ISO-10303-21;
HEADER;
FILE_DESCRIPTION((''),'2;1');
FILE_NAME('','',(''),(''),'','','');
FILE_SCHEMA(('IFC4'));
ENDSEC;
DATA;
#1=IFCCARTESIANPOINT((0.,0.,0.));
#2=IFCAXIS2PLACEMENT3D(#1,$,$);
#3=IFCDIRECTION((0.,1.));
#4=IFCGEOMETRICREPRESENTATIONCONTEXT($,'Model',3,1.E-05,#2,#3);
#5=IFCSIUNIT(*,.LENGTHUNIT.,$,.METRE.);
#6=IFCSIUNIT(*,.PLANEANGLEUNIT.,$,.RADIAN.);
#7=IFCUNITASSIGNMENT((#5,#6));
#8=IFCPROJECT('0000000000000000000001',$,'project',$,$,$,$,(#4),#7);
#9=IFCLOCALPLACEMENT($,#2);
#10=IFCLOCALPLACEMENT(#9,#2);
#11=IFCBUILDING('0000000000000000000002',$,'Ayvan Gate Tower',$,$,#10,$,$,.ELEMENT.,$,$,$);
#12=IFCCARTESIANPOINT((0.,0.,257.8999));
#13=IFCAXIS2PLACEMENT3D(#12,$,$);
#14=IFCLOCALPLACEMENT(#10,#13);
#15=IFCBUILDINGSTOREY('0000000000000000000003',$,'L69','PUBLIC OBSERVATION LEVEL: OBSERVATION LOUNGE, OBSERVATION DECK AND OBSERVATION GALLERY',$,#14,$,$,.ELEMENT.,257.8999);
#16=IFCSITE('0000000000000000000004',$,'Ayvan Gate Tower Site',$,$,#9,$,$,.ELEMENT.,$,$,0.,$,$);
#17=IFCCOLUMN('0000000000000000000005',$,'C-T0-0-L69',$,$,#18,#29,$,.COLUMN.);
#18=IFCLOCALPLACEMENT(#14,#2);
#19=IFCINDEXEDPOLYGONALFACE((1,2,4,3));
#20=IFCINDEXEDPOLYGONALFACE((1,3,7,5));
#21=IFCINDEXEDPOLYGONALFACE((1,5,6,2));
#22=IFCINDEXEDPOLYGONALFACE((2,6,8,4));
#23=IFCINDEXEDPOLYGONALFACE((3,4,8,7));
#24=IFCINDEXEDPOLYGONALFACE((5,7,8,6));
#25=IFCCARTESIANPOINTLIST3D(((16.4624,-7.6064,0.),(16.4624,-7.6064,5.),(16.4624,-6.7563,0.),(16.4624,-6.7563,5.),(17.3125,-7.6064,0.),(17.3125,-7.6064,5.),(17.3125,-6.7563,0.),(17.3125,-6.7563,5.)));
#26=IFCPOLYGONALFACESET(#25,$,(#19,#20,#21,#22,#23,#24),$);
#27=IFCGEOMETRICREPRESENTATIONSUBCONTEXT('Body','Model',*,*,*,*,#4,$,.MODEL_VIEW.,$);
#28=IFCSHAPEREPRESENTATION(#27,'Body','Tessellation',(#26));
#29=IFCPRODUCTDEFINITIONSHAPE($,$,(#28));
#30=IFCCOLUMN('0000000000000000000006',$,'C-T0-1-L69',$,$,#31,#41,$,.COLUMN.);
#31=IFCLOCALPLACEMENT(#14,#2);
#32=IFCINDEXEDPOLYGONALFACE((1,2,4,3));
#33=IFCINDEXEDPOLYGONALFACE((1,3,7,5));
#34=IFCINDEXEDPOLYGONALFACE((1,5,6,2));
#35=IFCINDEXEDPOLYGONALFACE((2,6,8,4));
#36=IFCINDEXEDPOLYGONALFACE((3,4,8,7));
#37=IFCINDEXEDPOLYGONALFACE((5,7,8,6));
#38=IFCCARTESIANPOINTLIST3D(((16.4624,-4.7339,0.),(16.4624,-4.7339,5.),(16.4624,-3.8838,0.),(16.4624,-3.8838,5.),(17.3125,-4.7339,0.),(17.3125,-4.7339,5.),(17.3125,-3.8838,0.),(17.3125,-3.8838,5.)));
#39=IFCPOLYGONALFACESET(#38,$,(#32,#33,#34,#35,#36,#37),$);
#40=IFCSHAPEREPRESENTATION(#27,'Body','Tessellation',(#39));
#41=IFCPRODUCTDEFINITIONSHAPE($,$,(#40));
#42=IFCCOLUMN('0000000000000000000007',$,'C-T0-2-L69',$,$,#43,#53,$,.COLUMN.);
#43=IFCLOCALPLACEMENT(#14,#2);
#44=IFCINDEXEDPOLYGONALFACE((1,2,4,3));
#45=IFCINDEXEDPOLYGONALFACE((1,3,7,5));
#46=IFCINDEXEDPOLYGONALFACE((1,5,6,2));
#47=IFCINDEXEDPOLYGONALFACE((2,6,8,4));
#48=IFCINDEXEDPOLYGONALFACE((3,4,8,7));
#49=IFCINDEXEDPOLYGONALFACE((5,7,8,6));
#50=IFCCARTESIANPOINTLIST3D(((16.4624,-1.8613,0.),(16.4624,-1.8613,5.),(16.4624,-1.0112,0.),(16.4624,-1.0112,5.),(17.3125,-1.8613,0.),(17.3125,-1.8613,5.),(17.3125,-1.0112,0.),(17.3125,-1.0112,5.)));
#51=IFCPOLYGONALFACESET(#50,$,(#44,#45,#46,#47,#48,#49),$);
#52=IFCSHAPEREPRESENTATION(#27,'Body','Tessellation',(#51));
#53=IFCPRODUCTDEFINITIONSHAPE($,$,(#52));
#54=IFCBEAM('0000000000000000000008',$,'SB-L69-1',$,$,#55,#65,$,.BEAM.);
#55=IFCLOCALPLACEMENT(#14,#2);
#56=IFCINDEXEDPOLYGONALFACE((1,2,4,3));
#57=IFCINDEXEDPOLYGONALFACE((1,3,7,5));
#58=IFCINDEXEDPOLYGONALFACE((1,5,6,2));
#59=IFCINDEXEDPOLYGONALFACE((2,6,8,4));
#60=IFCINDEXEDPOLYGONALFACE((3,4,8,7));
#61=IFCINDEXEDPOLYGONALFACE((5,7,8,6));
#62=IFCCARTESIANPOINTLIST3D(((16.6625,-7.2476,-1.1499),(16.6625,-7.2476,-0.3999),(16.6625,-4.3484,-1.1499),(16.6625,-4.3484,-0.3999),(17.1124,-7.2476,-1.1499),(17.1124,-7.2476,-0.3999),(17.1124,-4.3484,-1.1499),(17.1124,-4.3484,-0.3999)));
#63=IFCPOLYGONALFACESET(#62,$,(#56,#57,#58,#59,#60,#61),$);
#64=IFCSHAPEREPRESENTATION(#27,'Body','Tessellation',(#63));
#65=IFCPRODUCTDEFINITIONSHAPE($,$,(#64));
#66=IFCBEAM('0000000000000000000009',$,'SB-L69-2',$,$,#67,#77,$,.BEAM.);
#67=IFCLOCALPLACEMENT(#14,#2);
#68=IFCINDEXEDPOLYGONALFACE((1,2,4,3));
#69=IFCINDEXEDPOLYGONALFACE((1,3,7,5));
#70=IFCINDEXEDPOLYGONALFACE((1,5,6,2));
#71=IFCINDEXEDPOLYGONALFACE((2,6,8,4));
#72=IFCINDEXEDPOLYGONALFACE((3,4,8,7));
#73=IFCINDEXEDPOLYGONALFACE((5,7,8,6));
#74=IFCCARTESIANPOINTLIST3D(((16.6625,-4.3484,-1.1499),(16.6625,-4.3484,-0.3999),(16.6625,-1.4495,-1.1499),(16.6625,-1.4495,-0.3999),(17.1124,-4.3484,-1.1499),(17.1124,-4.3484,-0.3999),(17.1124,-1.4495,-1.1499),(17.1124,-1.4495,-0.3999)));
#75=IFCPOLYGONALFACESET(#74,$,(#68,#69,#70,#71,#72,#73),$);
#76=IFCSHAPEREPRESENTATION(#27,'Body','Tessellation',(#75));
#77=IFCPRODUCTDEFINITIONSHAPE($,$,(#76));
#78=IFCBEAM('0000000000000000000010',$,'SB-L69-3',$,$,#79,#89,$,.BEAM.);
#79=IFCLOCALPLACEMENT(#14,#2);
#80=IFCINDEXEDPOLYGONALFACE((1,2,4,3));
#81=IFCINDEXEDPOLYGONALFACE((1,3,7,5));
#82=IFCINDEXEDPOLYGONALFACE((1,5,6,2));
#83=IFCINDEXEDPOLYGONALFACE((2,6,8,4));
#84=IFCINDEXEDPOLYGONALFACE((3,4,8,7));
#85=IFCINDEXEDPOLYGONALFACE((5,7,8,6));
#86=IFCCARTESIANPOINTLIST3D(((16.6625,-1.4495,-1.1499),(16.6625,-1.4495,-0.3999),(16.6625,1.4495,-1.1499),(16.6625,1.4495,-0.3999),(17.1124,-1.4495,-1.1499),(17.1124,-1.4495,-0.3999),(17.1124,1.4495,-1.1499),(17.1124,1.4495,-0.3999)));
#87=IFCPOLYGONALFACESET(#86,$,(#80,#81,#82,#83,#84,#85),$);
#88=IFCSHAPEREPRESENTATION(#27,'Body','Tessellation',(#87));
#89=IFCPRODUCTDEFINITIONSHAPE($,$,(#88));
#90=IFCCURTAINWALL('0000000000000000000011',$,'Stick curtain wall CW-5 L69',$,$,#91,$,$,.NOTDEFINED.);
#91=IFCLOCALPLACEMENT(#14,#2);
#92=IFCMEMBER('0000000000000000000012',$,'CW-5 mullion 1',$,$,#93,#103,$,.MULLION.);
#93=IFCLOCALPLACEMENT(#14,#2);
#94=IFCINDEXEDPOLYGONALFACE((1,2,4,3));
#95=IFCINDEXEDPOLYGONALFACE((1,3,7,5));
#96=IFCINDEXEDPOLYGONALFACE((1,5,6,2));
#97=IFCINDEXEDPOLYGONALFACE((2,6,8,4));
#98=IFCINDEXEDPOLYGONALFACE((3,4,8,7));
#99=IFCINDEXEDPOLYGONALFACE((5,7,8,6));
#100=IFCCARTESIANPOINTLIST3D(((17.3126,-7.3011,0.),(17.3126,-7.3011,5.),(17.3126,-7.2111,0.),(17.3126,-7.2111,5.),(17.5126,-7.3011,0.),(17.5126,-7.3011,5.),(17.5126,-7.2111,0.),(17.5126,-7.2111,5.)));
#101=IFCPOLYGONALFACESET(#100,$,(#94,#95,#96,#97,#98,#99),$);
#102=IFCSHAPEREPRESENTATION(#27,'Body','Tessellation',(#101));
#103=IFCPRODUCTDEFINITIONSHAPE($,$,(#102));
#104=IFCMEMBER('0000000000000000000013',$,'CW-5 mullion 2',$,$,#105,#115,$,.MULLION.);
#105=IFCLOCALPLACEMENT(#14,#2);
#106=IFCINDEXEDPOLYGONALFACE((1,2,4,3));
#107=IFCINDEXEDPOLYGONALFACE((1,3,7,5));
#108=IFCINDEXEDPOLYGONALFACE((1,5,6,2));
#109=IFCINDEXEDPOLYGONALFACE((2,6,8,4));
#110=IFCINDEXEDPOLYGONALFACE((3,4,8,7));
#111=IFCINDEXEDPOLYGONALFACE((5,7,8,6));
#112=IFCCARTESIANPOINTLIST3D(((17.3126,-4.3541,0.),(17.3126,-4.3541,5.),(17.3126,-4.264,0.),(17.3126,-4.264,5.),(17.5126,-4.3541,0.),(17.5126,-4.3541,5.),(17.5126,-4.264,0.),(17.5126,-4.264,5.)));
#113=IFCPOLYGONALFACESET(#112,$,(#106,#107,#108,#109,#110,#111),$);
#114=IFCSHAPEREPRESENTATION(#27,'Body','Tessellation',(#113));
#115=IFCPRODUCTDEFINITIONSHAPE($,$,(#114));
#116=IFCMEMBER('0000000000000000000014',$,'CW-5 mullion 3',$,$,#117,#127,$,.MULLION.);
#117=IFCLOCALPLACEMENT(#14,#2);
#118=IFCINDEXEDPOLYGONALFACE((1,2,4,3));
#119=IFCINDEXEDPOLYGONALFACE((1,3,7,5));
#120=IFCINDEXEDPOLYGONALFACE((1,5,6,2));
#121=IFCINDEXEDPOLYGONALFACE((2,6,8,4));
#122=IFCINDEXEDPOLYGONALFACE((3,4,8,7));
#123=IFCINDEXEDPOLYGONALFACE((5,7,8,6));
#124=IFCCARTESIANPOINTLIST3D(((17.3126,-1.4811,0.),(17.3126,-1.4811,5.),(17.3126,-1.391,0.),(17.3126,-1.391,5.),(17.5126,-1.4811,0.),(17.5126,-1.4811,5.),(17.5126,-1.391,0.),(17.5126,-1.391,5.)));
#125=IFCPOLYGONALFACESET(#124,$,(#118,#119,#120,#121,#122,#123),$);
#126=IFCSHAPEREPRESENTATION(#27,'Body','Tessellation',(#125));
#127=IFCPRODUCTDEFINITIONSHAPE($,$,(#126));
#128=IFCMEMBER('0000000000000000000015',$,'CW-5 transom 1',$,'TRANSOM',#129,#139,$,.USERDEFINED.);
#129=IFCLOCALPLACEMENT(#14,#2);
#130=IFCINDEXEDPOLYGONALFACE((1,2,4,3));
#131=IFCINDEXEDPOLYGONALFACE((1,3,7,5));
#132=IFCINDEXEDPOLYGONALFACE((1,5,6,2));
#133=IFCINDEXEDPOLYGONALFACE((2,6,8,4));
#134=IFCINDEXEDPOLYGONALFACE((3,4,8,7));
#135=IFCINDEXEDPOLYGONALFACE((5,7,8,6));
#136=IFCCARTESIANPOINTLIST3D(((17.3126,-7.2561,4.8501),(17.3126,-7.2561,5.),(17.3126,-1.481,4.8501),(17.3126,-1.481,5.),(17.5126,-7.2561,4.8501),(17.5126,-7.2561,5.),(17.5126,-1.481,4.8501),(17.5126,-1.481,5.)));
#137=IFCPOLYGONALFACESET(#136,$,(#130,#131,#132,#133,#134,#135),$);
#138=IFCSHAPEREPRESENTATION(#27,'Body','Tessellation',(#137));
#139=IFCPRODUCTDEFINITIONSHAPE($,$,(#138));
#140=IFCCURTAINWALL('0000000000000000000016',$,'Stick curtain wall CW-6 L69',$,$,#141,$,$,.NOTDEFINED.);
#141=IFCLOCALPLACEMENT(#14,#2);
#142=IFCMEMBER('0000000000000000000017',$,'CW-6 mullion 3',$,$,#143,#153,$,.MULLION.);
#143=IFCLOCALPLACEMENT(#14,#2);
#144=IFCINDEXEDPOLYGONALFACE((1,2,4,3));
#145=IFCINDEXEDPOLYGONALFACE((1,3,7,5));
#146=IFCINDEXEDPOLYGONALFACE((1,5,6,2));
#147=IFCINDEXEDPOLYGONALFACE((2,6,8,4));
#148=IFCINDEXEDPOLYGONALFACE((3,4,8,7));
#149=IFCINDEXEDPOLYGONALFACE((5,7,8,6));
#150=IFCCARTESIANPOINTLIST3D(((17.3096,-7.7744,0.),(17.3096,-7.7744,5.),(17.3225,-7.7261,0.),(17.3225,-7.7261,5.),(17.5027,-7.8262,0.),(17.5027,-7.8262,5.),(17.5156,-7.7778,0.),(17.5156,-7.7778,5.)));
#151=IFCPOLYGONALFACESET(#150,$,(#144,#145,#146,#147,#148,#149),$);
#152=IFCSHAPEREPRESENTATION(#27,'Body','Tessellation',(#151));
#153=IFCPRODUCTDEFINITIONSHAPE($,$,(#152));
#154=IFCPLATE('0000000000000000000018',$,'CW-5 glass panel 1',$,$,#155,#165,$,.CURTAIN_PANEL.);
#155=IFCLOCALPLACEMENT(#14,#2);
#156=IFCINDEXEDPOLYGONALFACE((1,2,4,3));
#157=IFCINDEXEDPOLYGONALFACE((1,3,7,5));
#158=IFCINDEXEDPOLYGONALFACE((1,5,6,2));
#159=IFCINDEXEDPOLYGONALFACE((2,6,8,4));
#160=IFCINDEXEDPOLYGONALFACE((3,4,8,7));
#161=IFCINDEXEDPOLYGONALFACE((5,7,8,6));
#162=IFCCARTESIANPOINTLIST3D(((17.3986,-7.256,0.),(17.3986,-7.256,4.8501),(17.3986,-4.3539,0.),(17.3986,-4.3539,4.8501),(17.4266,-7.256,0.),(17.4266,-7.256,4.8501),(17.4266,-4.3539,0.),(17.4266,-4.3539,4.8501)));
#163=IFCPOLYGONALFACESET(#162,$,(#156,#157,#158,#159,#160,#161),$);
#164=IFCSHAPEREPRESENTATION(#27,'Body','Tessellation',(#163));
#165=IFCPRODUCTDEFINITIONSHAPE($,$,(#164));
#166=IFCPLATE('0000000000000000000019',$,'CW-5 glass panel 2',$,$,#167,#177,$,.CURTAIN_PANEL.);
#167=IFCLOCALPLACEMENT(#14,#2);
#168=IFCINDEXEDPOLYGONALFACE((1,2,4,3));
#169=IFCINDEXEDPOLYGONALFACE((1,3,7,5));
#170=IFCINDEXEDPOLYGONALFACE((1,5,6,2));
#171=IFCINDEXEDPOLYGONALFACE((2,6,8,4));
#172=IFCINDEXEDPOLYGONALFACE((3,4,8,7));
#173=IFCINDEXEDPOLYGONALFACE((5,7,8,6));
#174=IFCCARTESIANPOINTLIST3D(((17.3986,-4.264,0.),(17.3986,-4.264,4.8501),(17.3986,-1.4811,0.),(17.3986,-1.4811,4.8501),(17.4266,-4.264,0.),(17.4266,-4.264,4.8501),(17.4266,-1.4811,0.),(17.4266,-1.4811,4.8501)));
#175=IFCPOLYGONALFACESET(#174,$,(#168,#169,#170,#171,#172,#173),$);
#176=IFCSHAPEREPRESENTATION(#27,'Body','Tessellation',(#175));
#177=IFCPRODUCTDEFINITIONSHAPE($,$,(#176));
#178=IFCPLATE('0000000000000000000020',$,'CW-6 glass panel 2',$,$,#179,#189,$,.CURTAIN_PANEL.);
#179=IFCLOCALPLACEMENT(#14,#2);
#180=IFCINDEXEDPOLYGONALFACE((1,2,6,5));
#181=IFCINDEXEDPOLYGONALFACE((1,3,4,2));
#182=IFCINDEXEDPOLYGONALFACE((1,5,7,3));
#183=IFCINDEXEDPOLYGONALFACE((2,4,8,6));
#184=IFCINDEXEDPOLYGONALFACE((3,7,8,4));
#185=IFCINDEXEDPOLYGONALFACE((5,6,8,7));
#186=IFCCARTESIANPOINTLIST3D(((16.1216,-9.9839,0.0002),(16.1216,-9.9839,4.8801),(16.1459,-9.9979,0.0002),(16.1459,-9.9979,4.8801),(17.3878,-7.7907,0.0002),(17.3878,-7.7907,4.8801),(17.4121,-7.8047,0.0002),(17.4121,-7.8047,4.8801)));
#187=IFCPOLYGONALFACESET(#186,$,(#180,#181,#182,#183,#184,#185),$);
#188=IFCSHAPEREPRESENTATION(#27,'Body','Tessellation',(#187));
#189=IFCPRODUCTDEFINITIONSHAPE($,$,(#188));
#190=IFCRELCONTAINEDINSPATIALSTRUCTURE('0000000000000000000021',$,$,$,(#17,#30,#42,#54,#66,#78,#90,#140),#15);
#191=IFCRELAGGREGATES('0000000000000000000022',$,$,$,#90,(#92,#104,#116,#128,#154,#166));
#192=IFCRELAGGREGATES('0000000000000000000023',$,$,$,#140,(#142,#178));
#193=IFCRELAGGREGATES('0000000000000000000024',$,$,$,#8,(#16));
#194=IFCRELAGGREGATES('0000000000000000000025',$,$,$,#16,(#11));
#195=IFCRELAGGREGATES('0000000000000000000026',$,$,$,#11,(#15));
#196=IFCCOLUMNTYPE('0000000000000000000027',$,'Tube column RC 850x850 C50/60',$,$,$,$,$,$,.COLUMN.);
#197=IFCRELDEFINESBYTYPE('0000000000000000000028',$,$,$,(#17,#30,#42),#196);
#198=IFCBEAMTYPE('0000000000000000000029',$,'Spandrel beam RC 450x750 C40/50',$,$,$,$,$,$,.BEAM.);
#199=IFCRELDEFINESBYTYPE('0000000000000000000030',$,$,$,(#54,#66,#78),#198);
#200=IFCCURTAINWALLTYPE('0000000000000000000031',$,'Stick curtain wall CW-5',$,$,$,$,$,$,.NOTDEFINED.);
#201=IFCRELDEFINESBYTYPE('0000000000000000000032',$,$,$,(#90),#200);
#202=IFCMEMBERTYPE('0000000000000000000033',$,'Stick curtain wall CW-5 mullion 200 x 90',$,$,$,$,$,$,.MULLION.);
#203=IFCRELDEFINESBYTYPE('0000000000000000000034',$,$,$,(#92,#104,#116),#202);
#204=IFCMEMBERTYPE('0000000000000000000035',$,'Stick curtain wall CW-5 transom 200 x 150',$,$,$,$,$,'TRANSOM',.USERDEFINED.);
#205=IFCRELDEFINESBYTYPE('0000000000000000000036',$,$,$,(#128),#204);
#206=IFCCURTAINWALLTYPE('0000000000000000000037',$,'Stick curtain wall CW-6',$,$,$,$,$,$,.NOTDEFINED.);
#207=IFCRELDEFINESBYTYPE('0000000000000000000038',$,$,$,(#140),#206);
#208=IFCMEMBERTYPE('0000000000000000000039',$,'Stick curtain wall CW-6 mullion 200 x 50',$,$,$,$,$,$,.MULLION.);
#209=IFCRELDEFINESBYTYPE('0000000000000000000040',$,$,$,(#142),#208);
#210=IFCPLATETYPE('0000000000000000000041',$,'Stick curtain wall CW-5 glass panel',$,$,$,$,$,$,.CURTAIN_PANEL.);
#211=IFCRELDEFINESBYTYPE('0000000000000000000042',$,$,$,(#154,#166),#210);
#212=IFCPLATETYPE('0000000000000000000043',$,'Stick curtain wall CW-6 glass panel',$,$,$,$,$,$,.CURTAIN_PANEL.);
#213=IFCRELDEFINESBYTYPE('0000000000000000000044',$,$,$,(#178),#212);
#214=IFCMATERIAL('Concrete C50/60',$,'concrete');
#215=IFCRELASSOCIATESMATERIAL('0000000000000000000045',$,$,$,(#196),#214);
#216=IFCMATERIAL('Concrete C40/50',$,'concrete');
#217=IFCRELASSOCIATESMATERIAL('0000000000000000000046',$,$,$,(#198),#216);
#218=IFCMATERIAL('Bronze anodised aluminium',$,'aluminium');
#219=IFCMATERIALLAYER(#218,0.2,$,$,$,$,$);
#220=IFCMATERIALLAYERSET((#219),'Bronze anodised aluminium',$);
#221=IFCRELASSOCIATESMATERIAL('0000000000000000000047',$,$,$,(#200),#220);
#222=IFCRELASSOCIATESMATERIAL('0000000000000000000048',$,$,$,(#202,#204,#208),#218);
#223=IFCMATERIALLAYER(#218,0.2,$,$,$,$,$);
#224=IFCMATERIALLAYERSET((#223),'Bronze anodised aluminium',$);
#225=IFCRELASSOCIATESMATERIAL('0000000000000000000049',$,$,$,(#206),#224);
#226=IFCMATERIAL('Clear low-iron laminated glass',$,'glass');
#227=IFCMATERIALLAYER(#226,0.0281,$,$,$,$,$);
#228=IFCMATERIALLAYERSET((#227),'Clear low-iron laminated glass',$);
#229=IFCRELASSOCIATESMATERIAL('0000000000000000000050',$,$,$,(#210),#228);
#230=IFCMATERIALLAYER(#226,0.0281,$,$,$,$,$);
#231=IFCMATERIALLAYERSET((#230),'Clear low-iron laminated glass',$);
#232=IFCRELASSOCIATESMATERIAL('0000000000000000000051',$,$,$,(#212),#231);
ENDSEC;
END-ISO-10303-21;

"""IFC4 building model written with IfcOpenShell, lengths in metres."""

from ifc_helpers import new_model, si_unit, direction, frame, origin, origin_2d, place, context, subcontext, project, spatial, rectangle, extrude, material, layer, layer_set, material_profile, profile_set, type_object, element, aggregate, save


model = new_model("IFC4")

# Units and contexts
model_context = context("Model", 3, precision=1e-05, world=origin(), true_north=direction((0.0, 1.0)))
body_context = subcontext(model_context, "Body", "Model", "MODEL_VIEW")
ifc_project = project(units=[si_unit("LENGTHUNIT", "METRE"), si_unit("PLANEANGLEUNIT", "RADIAN")], contexts=[model_context])

# Site, building, storey
site_placement = place(None, origin())
site = spatial("IfcSite", under=ifc_project, at=site_placement, Name="Ayvan Gate Tower Site", CompositionType="ELEMENT", RefElevation=0.0)
building_placement = place(site_placement, origin())
building = spatial("IfcBuilding", under=site, at=building_placement, Name="Ayvan Gate Tower", CompositionType="ELEMENT")
storey_placement = place(building_placement, frame((0.0, 0.0, 257.8999)))
storey = spatial("IfcBuildingStorey", under=building, at=storey_placement, Name="L69", Description="PUBLIC OBSERVATION LEVEL: OBSERVATION LOUNGE, OBSERVATION DECK AND OBSERVATION GALLERY", CompositionType="ELEMENT", Elevation=257.8999)

# Columns
ifc_material_1 = material(Name="Concrete C50/60", Category="concrete")
ifc_material_profile_1 = material_profile(ifc_material_1, rectangle(XDim=0.8501, YDim=0.8501, at=origin_2d()), Name="RC 850x850")
ifc_profile_set_1 = profile_set([ifc_material_profile_1], Name="Concrete C50/60")
column_type = type_object("IfcColumnType", Name="Tube column RC 850x850 C50/60", PredefinedType="COLUMN", material=ifc_profile_set_1)
for number, where, z_axis, x_axis, name in (
    (1, (16.8875, -7.1814, 0.0), (0.0, 0.0, 1.0), (1.0, 0.0, 0.0), "C-T0-0-L69"),
    (2, (16.8875, -4.3088, 0.0), (0.0, 0.0, 1.0), (1.0, 0.0, 0.0), "C-T0-1-L69"),
    (3, (16.8875, -1.4363, 0.0), (0.0, 0.0, 1.0), (1.0, 0.0, 0.0), "C-T0-2-L69"),
):
    element("IfcColumn", number, at=place(storey_placement, frame(where, z_axis=z_axis, x_axis=x_axis)), inside=storey, type_object=column_type, Name=name, PredefinedType="COLUMN", context=body_context, shape_type="SweptSolid", body=[
        extrude(rectangle(XDim=0.8501, YDim=0.8501, at=origin_2d()), origin(), (0.0, 0.0, 1.0), 5.0),
    ])

# Beams
ifc_material_2 = material(Name="Concrete C40/50", Category="concrete")
ifc_material_profile_2 = material_profile(ifc_material_2, rectangle(XDim=0.45, YDim=0.75, at=origin_2d()), Name="RC 450x750")
ifc_profile_set_2 = profile_set([ifc_material_profile_2], Name="Concrete C40/50")
beam_type = type_object("IfcBeamType", Name="Spandrel beam RC 450x750 C40/50", PredefinedType="BEAM", material=ifc_profile_set_2)
beam_placement = place(storey_placement, frame((16.8875, -7.2476, -0.7749), z_axis=(0.0, 1.0, 0.0), x_axis=(-1.0, 0.0, 0.0)))
element("IfcBeam", 4, at=beam_placement, inside=storey, type_object=beam_type, Name="SB-L69-1", PredefinedType="BEAM", context=body_context, shape_type="SweptSolid", body=[
    extrude(rectangle(XDim=0.45, YDim=0.75, at=origin_2d()), origin(), (0.0, 0.0, 1.0), 2.8992),
])
for number, where, z_axis, x_axis, name in (
    (5, (16.8875, -4.3484, -0.7749), (0.0, 1.0, 0.0), (-1.0, 0.0, 0.0), "SB-L69-2"),
    (6, (16.8875, -1.4495, -0.7749), (0.0, 1.0, 0.0), (-1.0, 0.0, 0.0), "SB-L69-3"),
):
    element("IfcBeam", number, at=place(storey_placement, frame(where, z_axis=z_axis, x_axis=x_axis)), inside=storey, type_object=beam_type, Name=name, PredefinedType="BEAM", context=body_context, shape_type="SweptSolid", body=[
        extrude(rectangle(XDim=0.45, YDim=0.75, at=origin_2d()), origin(), (0.0, 0.0, 1.0), 2.8989),
    ])

# Curtain wall, members
ifc_material_3 = material(Name="Bronze anodised aluminium", Category="aluminium")
ifc_layer_1 = layer(ifc_material_3, 0.2)
ifc_layer_set_1 = layer_set([ifc_layer_1], Name="Bronze anodised aluminium")
curtain_wall_type_1 = type_object("IfcCurtainWallType", Name="Stick curtain wall CW-5", PredefinedType="NOTDEFINED", material=ifc_layer_set_1)
curtain_wall_1_placement = place(storey_placement, origin())
curtain_wall_1 = element("IfcCurtainWall", 7, at=curtain_wall_1_placement, inside=storey, type_object=curtain_wall_type_1, Name="Stick curtain wall CW-5 L69", PredefinedType="NOTDEFINED")
ifc_material_profile_3 = material_profile(ifc_material_3, rectangle(XDim=0.2, YDim=0.0901, at=origin_2d()), Name="Stick curtain wall CW-5 mullion 200 x 90")
ifc_profile_set_3 = profile_set([ifc_material_profile_3], Name="Bronze anodised aluminium")
member_type_1 = type_object("IfcMemberType", Name="Stick curtain wall CW-5 mullion 200 x 90", PredefinedType="MULLION", material=ifc_profile_set_3)
member_1_placement = place(storey_placement, frame((17.4126, -7.2561, 0.0), z_axis=(0.0, 0.0, 1.0), x_axis=(1.0, 0.0, 0.0)))
member_1 = element("IfcMember", 8, at=member_1_placement, type_object=member_type_1, Name="CW-5 mullion 1", PredefinedType="MULLION", context=body_context, shape_type="SweptSolid", body=[
    extrude(rectangle(XDim=0.2, YDim=0.0901, at=origin_2d()), origin(), (0.0, 0.0, 1.0), 5.0),
])
member_2_placement = place(storey_placement, frame((17.4126, -4.3091, 0.0), z_axis=(0.0, 0.0, 1.0), x_axis=(1.0, 0.0, 0.0)))
member_2 = element("IfcMember", 9, at=member_2_placement, type_object=member_type_1, Name="CW-5 mullion 2", PredefinedType="MULLION", context=body_context, shape_type="SweptSolid", body=[
    extrude(rectangle(XDim=0.2, YDim=0.0901, at=origin_2d()), origin(), (0.0, 0.0, 1.0), 5.0),
])
member_3_placement = place(storey_placement, frame((17.4126, -1.436, 0.0), z_axis=(0.0, 0.0, 1.0), x_axis=(1.0, 0.0, 0.0)))
member_3 = element("IfcMember", 10, at=member_3_placement, type_object=member_type_1, Name="CW-5 mullion 3", PredefinedType="MULLION", context=body_context, shape_type="SweptSolid", body=[
    extrude(rectangle(XDim=0.2, YDim=0.0901, at=origin_2d()), origin(), (0.0, 0.0, 1.0), 5.0),
])
ifc_material_profile_4 = material_profile(ifc_material_3, rectangle(XDim=0.2, YDim=0.1499, at=origin_2d()), Name="Stick curtain wall CW-5 transom 200 x 150")
ifc_profile_set_4 = profile_set([ifc_material_profile_4], Name="Bronze anodised aluminium")
member_type_2 = type_object("IfcMemberType", Name="Stick curtain wall CW-5 transom 200 x 150", ElementType="TRANSOM", PredefinedType="USERDEFINED", material=ifc_profile_set_4)
member_4_placement = place(storey_placement, frame((17.4126, -7.2561, 4.925), z_axis=(0.0, 1.0, 0.0), x_axis=(-1.0, 0.0, 0.0)))
member_4 = element("IfcMember", 11, at=member_4_placement, type_object=member_type_2, Name="CW-5 transom 1", ObjectType="TRANSOM", PredefinedType="USERDEFINED", context=body_context, shape_type="SweptSolid", body=[
    extrude(rectangle(XDim=0.2, YDim=0.1499, at=origin_2d()), origin(), (0.0, 0.0, 1.0), 5.7751),
])

# Curtain wall, member
ifc_layer_2 = layer(ifc_material_3, 0.2)
ifc_layer_set_2 = layer_set([ifc_layer_2], Name="Bronze anodised aluminium")
curtain_wall_type_2 = type_object("IfcCurtainWallType", Name="Stick curtain wall CW-6", PredefinedType="NOTDEFINED", material=ifc_layer_set_2)
curtain_wall_2_placement = place(storey_placement, origin())
curtain_wall_2 = element("IfcCurtainWall", 12, at=curtain_wall_2_placement, inside=storey, type_object=curtain_wall_type_2, Name="Stick curtain wall CW-6 L69", PredefinedType="NOTDEFINED")
ifc_material_profile_5 = material_profile(ifc_material_3, rectangle(XDim=0.2, YDim=0.05, at=origin_2d()), Name="Stick curtain wall CW-6 mullion 200 x 50")
ifc_profile_set_5 = profile_set([ifc_material_profile_5], Name="Bronze anodised aluminium")
member_type_3 = type_object("IfcMemberType", Name="Stick curtain wall CW-6 mullion 200 x 50", PredefinedType="MULLION", material=ifc_profile_set_5)
member_5_placement = place(storey_placement, frame((17.4126, -7.7761, 0.0), z_axis=(0.0, 0.0, 1.0), x_axis=(0.965926, -0.258819, 0.0)))
member_5 = element("IfcMember", 13, at=member_5_placement, type_object=member_type_3, Name="CW-6 mullion 3", PredefinedType="MULLION", context=body_context, shape_type="SweptSolid", body=[
    extrude(rectangle(XDim=0.2, YDim=0.05, at=origin_2d()), origin(), (0.0, 0.0, 1.0), 5.0),
])

# Plates
ifc_material_4 = material(Name="Clear low-iron laminated glass", Category="glass")
ifc_layer_3 = layer(ifc_material_4, 0.0281)
ifc_layer_set_3 = layer_set([ifc_layer_3], Name="Clear low-iron laminated glass")
plate_type_1 = type_object("IfcPlateType", Name="Stick curtain wall CW-5 glass panel", PredefinedType="CURTAIN_PANEL", material=ifc_layer_set_3)
plate_1_placement = place(storey_placement, frame((17.4126, -5.8049, 0.0), z_axis=(0.0, 0.0, 1.0), x_axis=(0.0, 1.0, 0.0)))
plate_1 = element("IfcPlate", 14, at=plate_1_placement, type_object=plate_type_1, Name="CW-5 glass panel 1", PredefinedType="CURTAIN_PANEL", context=body_context, shape_type="SweptSolid", body=[
    extrude(rectangle(XDim=2.9021, YDim=0.0281, at=origin_2d()), origin(), (0.0, 0.0, 1.0), 4.8501),
])
plate_2_placement = place(storey_placement, frame((17.4126, -2.8726, 0.0), z_axis=(0.0, 0.0, 1.0), x_axis=(0.0, 1.0, 0.0)))
plate_2 = element("IfcPlate", 15, at=plate_2_placement, type_object=plate_type_1, Name="CW-5 glass panel 2", PredefinedType="CURTAIN_PANEL", context=body_context, shape_type="SweptSolid", body=[
    extrude(rectangle(XDim=2.783, YDim=0.0281, at=origin_2d()), origin(), (0.0, 0.0, 1.0), 4.8501),
])
aggregate(curtain_wall_1, [member_1, member_2, member_3, member_4, plate_1, plate_2])
ifc_layer_4 = layer(ifc_material_4, 0.0281)
ifc_layer_set_4 = layer_set([ifc_layer_4], Name="Clear low-iron laminated glass")
plate_type_2 = type_object("IfcPlateType", Name="Stick curtain wall CW-6 glass panel", PredefinedType="CURTAIN_PANEL", material=ifc_layer_set_4)
plate_3_placement = place(storey_placement, frame((16.7668, -8.8943, 0.0002), z_axis=(0.0, 0.0, 1.0), x_axis=(0.5, 0.866025, 0.0)))
plate_3 = element("IfcPlate", 16, at=plate_3_placement, type_object=plate_type_2, Name="CW-6 glass panel 2", PredefinedType="CURTAIN_PANEL", context=body_context, shape_type="SweptSolid", body=[
    extrude(rectangle(XDim=2.5325, YDim=0.0281, at=origin_2d()), origin(), (0.0, 0.0, 1.0), 4.8799),
])
aggregate(curtain_wall_2, [member_5, plate_3])

save(model, "model.ifc")
